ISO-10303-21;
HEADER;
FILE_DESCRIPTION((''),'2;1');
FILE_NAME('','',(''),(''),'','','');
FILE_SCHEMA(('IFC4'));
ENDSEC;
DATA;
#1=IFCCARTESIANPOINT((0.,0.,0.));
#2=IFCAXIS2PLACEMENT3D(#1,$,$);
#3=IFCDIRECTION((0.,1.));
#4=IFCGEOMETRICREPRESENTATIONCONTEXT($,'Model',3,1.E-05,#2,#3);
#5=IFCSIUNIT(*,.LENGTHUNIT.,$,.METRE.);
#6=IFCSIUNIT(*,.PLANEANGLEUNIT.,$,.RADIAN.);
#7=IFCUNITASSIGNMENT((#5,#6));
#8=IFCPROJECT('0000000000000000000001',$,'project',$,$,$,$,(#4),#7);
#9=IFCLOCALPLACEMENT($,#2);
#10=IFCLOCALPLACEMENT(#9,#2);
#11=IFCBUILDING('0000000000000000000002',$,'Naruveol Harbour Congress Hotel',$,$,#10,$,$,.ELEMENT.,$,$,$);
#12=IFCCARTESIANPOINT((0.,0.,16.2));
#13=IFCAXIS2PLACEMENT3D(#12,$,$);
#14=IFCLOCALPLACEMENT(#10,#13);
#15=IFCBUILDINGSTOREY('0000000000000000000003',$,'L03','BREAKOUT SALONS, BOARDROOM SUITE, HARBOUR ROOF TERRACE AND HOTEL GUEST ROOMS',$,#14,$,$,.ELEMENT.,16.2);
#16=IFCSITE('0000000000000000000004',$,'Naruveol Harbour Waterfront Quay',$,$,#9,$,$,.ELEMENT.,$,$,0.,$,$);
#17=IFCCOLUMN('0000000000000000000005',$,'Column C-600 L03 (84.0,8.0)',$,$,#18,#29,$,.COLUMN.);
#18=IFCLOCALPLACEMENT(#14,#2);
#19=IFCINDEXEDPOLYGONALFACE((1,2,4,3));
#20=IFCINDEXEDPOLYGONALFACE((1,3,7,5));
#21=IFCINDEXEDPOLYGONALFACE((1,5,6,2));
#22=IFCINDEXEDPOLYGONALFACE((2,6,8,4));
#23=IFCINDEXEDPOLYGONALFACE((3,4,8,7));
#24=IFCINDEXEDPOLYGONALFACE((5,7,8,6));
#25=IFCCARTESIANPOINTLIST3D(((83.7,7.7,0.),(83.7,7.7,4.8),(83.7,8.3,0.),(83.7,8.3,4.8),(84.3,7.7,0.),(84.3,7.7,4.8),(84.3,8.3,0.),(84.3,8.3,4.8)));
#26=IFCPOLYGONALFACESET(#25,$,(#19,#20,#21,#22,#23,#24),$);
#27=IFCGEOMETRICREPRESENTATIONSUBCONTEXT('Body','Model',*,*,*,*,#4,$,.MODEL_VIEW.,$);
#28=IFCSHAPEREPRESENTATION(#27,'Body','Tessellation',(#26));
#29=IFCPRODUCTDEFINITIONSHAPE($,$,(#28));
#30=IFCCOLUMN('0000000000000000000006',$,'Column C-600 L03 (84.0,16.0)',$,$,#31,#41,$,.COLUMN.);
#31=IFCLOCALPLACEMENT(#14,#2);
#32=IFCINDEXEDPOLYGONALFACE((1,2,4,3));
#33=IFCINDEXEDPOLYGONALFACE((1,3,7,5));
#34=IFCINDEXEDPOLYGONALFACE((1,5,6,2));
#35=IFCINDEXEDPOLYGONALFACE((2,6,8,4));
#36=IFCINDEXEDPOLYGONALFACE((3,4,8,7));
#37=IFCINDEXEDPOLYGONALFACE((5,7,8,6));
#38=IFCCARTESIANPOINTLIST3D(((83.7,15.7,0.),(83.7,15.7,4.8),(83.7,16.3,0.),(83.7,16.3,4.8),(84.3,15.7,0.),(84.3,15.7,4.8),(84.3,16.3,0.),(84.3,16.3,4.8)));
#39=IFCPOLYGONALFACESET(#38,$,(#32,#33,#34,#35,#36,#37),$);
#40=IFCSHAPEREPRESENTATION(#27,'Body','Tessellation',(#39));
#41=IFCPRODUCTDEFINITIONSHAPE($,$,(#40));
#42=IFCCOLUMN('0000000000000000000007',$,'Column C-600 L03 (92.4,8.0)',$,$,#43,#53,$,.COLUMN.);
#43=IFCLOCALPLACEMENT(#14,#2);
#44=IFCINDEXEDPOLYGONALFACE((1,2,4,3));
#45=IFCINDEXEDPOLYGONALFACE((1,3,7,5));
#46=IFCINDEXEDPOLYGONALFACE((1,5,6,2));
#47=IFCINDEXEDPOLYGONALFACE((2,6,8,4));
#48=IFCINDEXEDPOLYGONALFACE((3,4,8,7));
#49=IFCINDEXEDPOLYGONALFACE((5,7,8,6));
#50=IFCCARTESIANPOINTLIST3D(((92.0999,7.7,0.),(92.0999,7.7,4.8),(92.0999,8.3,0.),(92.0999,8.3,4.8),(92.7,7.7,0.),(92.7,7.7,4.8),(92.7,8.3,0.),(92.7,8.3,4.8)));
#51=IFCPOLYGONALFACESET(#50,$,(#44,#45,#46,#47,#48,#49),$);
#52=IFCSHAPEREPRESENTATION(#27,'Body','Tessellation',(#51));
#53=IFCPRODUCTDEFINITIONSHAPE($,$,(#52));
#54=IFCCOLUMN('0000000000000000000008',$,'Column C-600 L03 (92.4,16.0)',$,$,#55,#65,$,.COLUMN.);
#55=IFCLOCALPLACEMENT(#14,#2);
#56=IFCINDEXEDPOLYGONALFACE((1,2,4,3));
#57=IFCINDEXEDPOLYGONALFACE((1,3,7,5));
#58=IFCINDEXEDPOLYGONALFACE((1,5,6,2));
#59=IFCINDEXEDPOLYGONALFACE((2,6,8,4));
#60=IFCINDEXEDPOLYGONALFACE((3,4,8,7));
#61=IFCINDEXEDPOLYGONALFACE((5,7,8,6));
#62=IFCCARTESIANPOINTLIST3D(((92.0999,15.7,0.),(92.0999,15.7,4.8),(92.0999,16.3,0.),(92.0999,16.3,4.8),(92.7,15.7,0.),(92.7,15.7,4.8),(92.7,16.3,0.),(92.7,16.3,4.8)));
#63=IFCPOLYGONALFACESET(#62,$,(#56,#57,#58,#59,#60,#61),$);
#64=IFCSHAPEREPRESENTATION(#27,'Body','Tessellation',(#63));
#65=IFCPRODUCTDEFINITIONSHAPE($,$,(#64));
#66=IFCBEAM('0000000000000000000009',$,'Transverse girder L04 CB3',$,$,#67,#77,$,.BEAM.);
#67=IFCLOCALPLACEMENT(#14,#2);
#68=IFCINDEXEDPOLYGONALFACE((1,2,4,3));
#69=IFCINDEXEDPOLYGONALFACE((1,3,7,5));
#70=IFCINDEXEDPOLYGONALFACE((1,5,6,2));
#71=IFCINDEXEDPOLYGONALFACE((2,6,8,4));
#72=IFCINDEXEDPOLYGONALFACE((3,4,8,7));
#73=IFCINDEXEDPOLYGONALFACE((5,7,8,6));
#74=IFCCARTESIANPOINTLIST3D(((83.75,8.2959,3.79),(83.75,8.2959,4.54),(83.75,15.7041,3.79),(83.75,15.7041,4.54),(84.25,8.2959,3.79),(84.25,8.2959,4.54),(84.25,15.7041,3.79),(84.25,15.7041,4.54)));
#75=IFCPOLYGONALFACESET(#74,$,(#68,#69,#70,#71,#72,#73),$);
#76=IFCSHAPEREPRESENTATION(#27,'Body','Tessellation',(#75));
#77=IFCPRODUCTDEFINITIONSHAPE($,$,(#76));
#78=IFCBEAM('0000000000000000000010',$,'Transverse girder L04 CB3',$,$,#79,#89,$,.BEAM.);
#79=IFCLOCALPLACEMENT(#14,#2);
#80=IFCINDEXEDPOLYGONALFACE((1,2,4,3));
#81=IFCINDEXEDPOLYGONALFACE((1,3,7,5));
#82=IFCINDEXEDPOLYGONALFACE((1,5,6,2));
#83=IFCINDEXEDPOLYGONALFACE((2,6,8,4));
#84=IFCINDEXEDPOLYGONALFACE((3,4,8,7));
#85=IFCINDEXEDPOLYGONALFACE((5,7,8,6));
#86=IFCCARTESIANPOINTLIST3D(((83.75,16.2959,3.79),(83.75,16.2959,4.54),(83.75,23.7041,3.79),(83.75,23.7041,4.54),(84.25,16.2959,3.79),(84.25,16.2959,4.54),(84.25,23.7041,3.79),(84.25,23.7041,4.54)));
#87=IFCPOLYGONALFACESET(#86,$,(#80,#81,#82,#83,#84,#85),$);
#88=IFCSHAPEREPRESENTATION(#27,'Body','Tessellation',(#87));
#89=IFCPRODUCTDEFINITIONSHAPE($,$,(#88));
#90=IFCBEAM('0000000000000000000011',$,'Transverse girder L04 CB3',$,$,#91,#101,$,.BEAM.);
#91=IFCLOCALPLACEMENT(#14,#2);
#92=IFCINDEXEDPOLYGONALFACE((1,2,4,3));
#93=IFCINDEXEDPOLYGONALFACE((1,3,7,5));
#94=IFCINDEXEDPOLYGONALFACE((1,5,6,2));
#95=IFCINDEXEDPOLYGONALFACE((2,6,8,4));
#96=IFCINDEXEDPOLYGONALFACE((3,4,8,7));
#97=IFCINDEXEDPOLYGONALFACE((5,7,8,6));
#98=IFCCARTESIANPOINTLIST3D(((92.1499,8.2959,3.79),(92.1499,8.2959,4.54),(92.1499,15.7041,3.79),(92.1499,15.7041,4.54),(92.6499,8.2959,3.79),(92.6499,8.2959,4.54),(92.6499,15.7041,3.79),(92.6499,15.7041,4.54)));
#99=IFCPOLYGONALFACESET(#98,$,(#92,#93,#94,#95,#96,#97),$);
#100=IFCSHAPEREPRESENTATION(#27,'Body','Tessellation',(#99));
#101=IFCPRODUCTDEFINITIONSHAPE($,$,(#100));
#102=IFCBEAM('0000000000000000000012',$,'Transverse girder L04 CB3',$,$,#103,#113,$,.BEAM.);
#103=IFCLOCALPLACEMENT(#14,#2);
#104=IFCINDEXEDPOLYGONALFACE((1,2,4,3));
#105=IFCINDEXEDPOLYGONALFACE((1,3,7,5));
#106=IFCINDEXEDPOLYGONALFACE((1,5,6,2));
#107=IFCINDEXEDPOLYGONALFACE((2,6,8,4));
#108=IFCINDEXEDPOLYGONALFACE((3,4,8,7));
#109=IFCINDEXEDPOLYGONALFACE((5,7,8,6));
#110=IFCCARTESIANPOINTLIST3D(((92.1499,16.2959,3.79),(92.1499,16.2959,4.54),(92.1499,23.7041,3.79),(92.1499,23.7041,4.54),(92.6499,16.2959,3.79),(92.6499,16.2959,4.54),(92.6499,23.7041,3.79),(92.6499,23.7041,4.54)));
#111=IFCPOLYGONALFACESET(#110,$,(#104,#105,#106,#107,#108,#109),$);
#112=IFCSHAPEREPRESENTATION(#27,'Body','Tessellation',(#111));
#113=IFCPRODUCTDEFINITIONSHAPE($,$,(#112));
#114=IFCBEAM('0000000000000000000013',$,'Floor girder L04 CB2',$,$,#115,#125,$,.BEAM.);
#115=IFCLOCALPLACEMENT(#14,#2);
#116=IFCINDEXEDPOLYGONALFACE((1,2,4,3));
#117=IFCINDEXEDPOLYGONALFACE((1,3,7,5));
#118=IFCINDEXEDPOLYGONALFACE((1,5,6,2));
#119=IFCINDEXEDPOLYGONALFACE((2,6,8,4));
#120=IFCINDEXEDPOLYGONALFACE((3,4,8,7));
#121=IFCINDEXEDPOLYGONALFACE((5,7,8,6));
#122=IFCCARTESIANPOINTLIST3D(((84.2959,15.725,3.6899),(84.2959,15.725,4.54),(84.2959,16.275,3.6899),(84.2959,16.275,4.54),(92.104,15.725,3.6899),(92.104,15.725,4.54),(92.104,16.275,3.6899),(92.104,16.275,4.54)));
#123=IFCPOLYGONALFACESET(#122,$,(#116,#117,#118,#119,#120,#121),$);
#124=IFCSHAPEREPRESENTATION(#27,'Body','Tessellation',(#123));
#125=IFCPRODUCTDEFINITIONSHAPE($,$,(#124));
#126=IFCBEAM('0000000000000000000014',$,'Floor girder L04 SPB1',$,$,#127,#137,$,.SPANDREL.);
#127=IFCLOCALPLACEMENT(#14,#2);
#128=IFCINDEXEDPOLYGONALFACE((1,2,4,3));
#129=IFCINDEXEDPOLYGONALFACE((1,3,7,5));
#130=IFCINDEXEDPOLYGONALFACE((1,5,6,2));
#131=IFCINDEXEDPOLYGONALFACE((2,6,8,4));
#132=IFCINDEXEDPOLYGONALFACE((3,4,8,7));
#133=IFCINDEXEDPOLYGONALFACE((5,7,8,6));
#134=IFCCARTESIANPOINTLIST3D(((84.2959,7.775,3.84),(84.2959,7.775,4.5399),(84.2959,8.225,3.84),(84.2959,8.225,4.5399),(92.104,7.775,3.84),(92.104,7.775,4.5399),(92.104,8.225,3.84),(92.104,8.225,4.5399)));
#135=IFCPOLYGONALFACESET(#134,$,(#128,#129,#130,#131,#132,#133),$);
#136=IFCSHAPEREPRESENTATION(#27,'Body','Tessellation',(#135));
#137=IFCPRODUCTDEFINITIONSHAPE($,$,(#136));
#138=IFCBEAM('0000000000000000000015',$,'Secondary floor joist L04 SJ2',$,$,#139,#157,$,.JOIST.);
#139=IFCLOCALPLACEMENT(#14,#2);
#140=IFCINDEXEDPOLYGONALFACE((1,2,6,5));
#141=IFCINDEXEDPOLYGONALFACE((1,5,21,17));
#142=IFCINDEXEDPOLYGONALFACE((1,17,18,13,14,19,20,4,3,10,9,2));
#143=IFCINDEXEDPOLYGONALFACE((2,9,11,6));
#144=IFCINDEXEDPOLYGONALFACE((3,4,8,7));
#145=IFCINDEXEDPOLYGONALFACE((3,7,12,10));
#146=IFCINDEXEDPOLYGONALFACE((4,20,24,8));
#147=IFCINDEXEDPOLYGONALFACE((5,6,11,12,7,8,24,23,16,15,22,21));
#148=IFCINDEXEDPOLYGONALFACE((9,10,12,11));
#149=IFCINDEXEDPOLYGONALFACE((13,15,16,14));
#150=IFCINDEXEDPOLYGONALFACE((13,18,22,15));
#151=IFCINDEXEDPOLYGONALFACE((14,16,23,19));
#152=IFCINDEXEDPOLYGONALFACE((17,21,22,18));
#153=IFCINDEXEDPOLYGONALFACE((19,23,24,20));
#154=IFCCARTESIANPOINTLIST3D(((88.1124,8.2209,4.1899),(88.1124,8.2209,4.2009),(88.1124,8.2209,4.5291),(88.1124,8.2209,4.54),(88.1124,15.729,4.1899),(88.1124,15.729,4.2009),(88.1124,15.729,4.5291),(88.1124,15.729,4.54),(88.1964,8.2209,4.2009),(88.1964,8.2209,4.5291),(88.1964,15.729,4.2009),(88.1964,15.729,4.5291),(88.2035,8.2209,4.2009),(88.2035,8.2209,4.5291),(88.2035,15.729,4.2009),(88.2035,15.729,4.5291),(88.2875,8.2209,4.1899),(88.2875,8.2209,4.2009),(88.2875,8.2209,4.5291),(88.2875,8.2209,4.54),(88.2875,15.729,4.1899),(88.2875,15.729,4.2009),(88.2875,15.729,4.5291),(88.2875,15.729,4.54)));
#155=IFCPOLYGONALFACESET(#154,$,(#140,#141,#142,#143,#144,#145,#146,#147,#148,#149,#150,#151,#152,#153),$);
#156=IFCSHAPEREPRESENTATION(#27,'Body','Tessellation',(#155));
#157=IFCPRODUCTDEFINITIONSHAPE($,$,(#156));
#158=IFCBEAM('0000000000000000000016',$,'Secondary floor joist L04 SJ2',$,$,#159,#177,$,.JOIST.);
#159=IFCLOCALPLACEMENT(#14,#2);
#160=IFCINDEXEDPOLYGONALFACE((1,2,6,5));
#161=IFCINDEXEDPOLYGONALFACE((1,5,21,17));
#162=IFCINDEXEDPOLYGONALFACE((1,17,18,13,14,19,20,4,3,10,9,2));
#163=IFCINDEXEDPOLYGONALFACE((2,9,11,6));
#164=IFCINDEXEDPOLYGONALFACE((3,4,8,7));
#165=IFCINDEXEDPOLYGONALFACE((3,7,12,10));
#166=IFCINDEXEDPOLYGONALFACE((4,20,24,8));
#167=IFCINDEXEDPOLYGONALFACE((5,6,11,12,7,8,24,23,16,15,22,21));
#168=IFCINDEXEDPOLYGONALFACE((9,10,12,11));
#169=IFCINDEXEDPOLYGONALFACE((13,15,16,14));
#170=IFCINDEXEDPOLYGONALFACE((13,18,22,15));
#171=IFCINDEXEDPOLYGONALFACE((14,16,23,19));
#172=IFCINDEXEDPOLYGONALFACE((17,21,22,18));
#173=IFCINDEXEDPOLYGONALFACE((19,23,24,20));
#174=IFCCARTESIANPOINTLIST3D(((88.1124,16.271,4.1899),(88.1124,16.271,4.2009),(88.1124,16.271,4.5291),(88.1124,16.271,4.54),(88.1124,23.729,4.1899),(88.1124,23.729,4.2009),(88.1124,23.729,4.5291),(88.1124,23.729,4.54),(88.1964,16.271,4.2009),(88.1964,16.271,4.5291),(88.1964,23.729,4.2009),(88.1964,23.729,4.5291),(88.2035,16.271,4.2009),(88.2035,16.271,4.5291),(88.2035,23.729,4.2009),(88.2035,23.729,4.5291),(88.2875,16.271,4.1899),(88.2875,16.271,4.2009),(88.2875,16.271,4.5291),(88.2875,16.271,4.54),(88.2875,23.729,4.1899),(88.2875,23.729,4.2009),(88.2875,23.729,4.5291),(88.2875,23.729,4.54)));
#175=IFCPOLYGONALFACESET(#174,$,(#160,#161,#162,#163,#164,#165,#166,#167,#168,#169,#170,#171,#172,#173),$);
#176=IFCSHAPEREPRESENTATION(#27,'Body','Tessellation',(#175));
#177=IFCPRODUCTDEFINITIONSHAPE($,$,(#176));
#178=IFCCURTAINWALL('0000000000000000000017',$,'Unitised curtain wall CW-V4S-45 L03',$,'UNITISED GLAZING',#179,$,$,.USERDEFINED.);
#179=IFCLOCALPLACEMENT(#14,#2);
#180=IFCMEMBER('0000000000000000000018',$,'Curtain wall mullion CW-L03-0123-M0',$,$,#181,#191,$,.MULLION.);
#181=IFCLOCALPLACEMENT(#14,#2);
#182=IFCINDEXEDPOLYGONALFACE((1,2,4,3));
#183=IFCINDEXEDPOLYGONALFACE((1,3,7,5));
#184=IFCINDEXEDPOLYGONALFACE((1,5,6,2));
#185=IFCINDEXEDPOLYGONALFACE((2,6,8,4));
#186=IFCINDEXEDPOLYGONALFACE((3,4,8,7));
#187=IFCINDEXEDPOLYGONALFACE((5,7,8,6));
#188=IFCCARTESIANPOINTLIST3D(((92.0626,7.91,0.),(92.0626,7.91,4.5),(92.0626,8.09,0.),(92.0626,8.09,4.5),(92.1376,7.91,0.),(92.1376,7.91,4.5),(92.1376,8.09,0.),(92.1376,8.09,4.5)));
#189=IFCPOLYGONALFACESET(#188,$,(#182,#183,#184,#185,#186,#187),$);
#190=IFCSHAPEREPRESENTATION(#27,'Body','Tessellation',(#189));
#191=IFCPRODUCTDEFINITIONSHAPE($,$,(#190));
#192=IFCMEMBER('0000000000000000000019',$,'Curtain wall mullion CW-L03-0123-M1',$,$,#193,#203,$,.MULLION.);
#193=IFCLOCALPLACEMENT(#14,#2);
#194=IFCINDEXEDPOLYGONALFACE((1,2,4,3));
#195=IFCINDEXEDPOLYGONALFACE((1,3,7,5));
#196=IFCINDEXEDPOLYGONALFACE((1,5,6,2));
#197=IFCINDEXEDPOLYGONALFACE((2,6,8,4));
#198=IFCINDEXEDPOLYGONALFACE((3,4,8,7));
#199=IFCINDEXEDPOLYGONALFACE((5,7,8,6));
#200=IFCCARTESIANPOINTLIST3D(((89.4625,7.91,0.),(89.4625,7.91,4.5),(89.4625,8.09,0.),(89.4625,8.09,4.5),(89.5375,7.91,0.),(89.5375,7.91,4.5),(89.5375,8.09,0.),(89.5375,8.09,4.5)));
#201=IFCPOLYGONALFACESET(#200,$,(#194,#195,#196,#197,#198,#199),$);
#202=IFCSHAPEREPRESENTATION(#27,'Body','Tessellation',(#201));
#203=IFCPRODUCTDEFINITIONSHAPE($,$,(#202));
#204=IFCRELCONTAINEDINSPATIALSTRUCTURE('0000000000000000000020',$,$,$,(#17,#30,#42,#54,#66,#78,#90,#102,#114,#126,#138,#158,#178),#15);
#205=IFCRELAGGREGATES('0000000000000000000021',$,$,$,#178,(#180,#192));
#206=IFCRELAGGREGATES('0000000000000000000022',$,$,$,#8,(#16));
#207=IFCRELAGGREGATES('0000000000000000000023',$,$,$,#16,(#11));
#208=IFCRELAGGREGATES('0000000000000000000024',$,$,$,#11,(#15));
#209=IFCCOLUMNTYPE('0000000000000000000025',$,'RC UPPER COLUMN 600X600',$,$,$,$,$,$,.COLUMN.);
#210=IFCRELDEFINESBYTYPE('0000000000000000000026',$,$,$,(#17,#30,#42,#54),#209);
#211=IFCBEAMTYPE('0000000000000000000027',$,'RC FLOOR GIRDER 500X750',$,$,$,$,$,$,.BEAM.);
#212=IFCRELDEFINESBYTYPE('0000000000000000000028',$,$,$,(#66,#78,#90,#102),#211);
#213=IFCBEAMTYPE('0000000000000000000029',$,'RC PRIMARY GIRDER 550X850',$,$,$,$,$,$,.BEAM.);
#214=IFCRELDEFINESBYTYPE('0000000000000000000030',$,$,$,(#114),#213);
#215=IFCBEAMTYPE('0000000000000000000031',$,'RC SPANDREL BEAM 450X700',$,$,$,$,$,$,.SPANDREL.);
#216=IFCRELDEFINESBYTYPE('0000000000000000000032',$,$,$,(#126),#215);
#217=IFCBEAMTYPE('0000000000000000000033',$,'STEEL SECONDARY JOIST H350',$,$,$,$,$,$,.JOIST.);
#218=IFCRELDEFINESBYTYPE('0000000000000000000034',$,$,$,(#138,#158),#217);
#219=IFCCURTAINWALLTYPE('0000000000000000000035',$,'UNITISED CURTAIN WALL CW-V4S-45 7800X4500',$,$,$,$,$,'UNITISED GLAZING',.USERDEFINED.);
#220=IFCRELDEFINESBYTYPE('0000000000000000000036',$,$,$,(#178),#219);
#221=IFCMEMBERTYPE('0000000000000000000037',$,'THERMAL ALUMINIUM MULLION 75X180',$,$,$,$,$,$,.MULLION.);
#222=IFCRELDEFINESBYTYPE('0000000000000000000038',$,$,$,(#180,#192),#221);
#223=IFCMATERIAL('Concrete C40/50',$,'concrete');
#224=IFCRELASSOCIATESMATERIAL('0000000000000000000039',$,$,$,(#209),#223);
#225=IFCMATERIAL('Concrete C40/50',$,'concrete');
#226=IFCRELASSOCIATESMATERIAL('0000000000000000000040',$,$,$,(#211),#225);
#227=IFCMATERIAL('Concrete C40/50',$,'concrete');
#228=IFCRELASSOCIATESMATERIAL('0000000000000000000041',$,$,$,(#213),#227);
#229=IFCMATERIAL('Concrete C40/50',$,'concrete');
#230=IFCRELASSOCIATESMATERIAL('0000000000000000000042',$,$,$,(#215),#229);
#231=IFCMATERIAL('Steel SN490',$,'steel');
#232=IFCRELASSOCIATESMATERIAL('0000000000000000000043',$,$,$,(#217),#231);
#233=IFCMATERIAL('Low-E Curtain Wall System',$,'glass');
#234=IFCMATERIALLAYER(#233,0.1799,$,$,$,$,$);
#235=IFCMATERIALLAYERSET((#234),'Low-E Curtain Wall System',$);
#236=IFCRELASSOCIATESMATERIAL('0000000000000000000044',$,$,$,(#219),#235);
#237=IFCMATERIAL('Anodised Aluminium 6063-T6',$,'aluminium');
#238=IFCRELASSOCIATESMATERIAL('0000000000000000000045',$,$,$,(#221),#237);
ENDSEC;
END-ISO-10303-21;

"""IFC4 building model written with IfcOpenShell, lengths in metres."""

from ifc_helpers import new_model, si_unit, direction, frame, origin, origin_2d, place, context, subcontext, project, spatial, rectangle, i_section, extrude, material, layer, layer_set, material_profile, profile_set, type_object, element, aggregate, save


model = new_model("IFC4")

# Units and contexts
model_context = context("Model", 3, precision=1e-05, world=origin(), true_north=direction((0.0, 1.0)))
body_context = subcontext(model_context, "Body", "Model", "MODEL_VIEW")
ifc_project = project(units=[si_unit("LENGTHUNIT", "METRE"), si_unit("PLANEANGLEUNIT", "RADIAN")], contexts=[model_context])

# Site, building, storey
site_placement = place(None, origin())
site = spatial("IfcSite", under=ifc_project, at=site_placement, Name="Naruveol Harbour Waterfront Quay", CompositionType="ELEMENT", RefElevation=0.0)
building_placement = place(site_placement, origin())
building = spatial("IfcBuilding", under=site, at=building_placement, Name="Naruveol Harbour Congress Hotel", CompositionType="ELEMENT")
storey_placement = place(building_placement, frame((0.0, 0.0, 16.2)))
storey = spatial("IfcBuildingStorey", under=building, at=storey_placement, Name="L03", Description="BREAKOUT SALONS, BOARDROOM SUITE, HARBOUR ROOF TERRACE AND HOTEL GUEST ROOMS", CompositionType="ELEMENT", Elevation=16.2)

# Columns
ifc_material_1 = material(Name="Concrete C40/50", Category="concrete")
ifc_material_profile_1 = material_profile(ifc_material_1, rectangle(XDim=0.6001, YDim=0.6001, at=origin_2d()), Name="RC-600x600")
ifc_profile_set_1 = profile_set([ifc_material_profile_1], Name="Concrete C40/50")
column_type = type_object("IfcColumnType", Name="RC UPPER COLUMN 600X600", PredefinedType="COLUMN", material=ifc_profile_set_1)
for number, where, z_axis, x_axis, name in (
    (1, (84.0, 8.0, 0.0), (0.0, 0.0, 1.0), (1.0, 0.0, 0.0), "Column C-600 L03 (84.0,8.0)"),
    (2, (84.0, 16.0, 0.0), (0.0, 0.0, 1.0), (1.0, 0.0, 0.0), "Column C-600 L03 (84.0,16.0)"),
    (3, (92.3999, 8.0, 0.0), (0.0, 0.0, 1.0), (1.0, 0.0, 0.0), "Column C-600 L03 (92.4,8.0)"),
    (4, (92.3999, 16.0, 0.0), (0.0, 0.0, 1.0), (1.0, 0.0, 0.0), "Column C-600 L03 (92.4,16.0)"),
):
    element("IfcColumn", number, at=place(storey_placement, frame(where, z_axis=z_axis, x_axis=x_axis)), inside=storey, type_object=column_type, Name=name, PredefinedType="COLUMN", context=body_context, shape_type="SweptSolid", body=[
        extrude(rectangle(XDim=0.6001, YDim=0.6001, at=origin_2d()), origin(), (0.0, 0.0, 1.0), 4.8),
    ])

# Beams
ifc_material_2 = material(Name="Concrete C40/50", Category="concrete")
ifc_material_profile_2 = material_profile(ifc_material_2, rectangle(XDim=0.5, YDim=0.75, at=origin_2d()), Name="RCB-500x750")
ifc_profile_set_2 = profile_set([ifc_material_profile_2], Name="Concrete C40/50")
beam_type_1 = type_object("IfcBeamType", Name="RC FLOOR GIRDER 500X750", PredefinedType="BEAM", material=ifc_profile_set_2)
for number, where, z_axis, x_axis, name in (
    (5, (84.0, 8.2959, 4.165), (0.0, 1.0, 0.0), (-1.0, 0.0, 0.0), "Transverse girder L04 CB3"),
    (6, (84.0, 16.2959, 4.165), (0.0, 1.0, 0.0), (-1.0, 0.0, 0.0), "Transverse girder L04 CB3"),
    (7, (92.3999, 8.2959, 4.165), (0.0, 1.0, 0.0), (-1.0, 0.0, 0.0), "Transverse girder L04 CB3"),
    (8, (92.3999, 16.2959, 4.165), (0.0, 1.0, 0.0), (-1.0, 0.0, 0.0), "Transverse girder L04 CB3"),
):
    element("IfcBeam", number, at=place(storey_placement, frame(where, z_axis=z_axis, x_axis=x_axis)), inside=storey, type_object=beam_type_1, Name=name, PredefinedType="BEAM", context=body_context, shape_type="SweptSolid", body=[
        extrude(rectangle(XDim=0.5, YDim=0.75, at=origin_2d()), origin(), (0.0, 0.0, 1.0), 7.4082),
    ])
ifc_material_3 = material(Name="Concrete C40/50", Category="concrete")
ifc_material_profile_3 = material_profile(ifc_material_3, rectangle(XDim=0.55, YDim=0.8501, at=origin_2d()), Name="RCB-550x850")
ifc_profile_set_3 = profile_set([ifc_material_profile_3], Name="Concrete C40/50")
beam_type_2 = type_object("IfcBeamType", Name="RC PRIMARY GIRDER 550X850", PredefinedType="BEAM", material=ifc_profile_set_3)
beam_1_placement = place(storey_placement, frame((84.2959, 16.0, 4.115), z_axis=(1.0, 0.0, 0.0), x_axis=(0.0, 1.0, 0.0)))
element("IfcBeam", 9, at=beam_1_placement, inside=storey, type_object=beam_type_2, Name="Floor girder L04 CB2", PredefinedType="BEAM", context=body_context, shape_type="SweptSolid", body=[
    extrude(rectangle(XDim=0.55, YDim=0.8501, at=origin_2d()), origin(), (0.0, 0.0, 1.0), 7.8081),
])
ifc_material_4 = material(Name="Concrete C40/50", Category="concrete")
ifc_material_profile_4 = material_profile(ifc_material_4, rectangle(XDim=0.45, YDim=0.7, at=origin_2d()), Name="RCB-450x700")
ifc_profile_set_4 = profile_set([ifc_material_profile_4], Name="Concrete C40/50")
beam_type_3 = type_object("IfcBeamType", Name="RC SPANDREL BEAM 450X700", PredefinedType="SPANDREL", material=ifc_profile_set_4)
beam_2_placement = place(storey_placement, frame((84.2959, 8.0, 4.1899), z_axis=(1.0, 0.0, 0.0), x_axis=(0.0, 1.0, 0.0)))
element("IfcBeam", 10, at=beam_2_placement, inside=storey, type_object=beam_type_3, Name="Floor girder L04 SPB1", PredefinedType="SPANDREL", context=body_context, shape_type="SweptSolid", body=[
    extrude(rectangle(XDim=0.45, YDim=0.7, at=origin_2d()), origin(), (0.0, 0.0, 1.0), 7.8081),
])
ifc_material_5 = material(Name="Steel SN490", Category="steel")
ifc_material_profile_5 = material_profile(ifc_material_5, i_section(OverallWidth=0.175, OverallDepth=0.3501, WebThickness=0.0071, FlangeThickness=0.011, at=origin_2d()), Name="H-350x175x7x11")
ifc_profile_set_5 = profile_set([ifc_material_profile_5], Name="Steel SN490")
beam_type_4 = type_object("IfcBeamType", Name="STEEL SECONDARY JOIST H350", PredefinedType="JOIST", material=ifc_profile_set_5)
beam_3_placement = place(storey_placement, frame((88.2, 8.2209, 4.365), z_axis=(0.0, 1.0, 0.0), x_axis=(-1.0, 0.0, 0.0)))
element("IfcBeam", 11, at=beam_3_placement, inside=storey, type_object=beam_type_4, Name="Secondary floor joist L04 SJ2", PredefinedType="JOIST", context=body_context, shape_type="SweptSolid", body=[
    extrude(i_section(OverallWidth=0.175, OverallDepth=0.3501, WebThickness=0.0071, FlangeThickness=0.011, at=origin_2d()), origin(), (0.0, 0.0, 1.0), 7.5081),
])
beam_4_placement = place(storey_placement, frame((88.2, 16.271, 4.365), z_axis=(0.0, 1.0, 0.0), x_axis=(-1.0, 0.0, 0.0)))
element("IfcBeam", 12, at=beam_4_placement, inside=storey, type_object=beam_type_4, Name="Secondary floor joist L04 SJ2", PredefinedType="JOIST", context=body_context, shape_type="SweptSolid", body=[
    extrude(i_section(OverallWidth=0.175, OverallDepth=0.3501, WebThickness=0.0071, FlangeThickness=0.011, at=origin_2d()), origin(), (0.0, 0.0, 1.0), 7.458),
])

# Curtain wall, members
ifc_material_6 = material(Name="Low-E Curtain Wall System", Category="glass")
ifc_layer_1 = layer(ifc_material_6, 0.1799)
ifc_layer_set_1 = layer_set([ifc_layer_1], Name="Low-E Curtain Wall System")
curtain_wall_type = type_object("IfcCurtainWallType", Name="UNITISED CURTAIN WALL CW-V4S-45 7800X4500", ElementType="UNITISED GLAZING", PredefinedType="USERDEFINED", material=ifc_layer_set_1)
curtain_wall_1_placement = place(storey_placement, origin())
curtain_wall_1 = element("IfcCurtainWall", 13, at=curtain_wall_1_placement, inside=storey, type_object=curtain_wall_type, Name="Unitised curtain wall CW-V4S-45 L03", ObjectType="UNITISED GLAZING", PredefinedType="USERDEFINED")
ifc_material_7 = material(Name="Anodised Aluminium 6063-T6", Category="aluminium")
ifc_material_profile_6 = material_profile(ifc_material_7, rectangle(XDim=0.075, YDim=0.1799, at=origin_2d()), Name="ALU-75x180")
ifc_profile_set_6 = profile_set([ifc_material_profile_6], Name="Anodised Aluminium 6063-T6")
member_type_1 = type_object("IfcMemberType", Name="THERMAL ALUMINIUM MULLION 75X180", PredefinedType="MULLION", material=ifc_profile_set_6)
member_1_placement = place(storey_placement, frame((92.1001, 8.0, 0.0), z_axis=(0.0, 0.0, 1.0), x_axis=(1.0, 0.0, 0.0)))
member_1 = element("IfcMember", 14, at=member_1_placement, type_object=member_type_1, Name="Curtain wall mullion CW-L03-0123-M0", PredefinedType="MULLION", context=body_context, shape_type="SweptSolid", body=[
    extrude(rectangle(XDim=0.075, YDim=0.1799, at=origin_2d()), origin(), (0.0, 0.0, 1.0), 4.5),
])
member_2_placement = place(storey_placement, frame((89.5, 8.0, 0.0), z_axis=(0.0, 0.0, 1.0), x_axis=(1.0, 0.0, 0.0)))
member_2 = element("IfcMember", 15, at=member_2_placement, type_object=member_type_1, Name="Curtain wall mullion CW-L03-0123-M1", PredefinedType="MULLION", context=body_context, shape_type="SweptSolid", body=[
    extrude(rectangle(XDim=0.075, YDim=0.1799, at=origin_2d()), origin(), (0.0, 0.0, 1.0), 4.5),
])

aggregate(curtain_wall_1, [member_1, member_2])

save(model, "model.ifc")
